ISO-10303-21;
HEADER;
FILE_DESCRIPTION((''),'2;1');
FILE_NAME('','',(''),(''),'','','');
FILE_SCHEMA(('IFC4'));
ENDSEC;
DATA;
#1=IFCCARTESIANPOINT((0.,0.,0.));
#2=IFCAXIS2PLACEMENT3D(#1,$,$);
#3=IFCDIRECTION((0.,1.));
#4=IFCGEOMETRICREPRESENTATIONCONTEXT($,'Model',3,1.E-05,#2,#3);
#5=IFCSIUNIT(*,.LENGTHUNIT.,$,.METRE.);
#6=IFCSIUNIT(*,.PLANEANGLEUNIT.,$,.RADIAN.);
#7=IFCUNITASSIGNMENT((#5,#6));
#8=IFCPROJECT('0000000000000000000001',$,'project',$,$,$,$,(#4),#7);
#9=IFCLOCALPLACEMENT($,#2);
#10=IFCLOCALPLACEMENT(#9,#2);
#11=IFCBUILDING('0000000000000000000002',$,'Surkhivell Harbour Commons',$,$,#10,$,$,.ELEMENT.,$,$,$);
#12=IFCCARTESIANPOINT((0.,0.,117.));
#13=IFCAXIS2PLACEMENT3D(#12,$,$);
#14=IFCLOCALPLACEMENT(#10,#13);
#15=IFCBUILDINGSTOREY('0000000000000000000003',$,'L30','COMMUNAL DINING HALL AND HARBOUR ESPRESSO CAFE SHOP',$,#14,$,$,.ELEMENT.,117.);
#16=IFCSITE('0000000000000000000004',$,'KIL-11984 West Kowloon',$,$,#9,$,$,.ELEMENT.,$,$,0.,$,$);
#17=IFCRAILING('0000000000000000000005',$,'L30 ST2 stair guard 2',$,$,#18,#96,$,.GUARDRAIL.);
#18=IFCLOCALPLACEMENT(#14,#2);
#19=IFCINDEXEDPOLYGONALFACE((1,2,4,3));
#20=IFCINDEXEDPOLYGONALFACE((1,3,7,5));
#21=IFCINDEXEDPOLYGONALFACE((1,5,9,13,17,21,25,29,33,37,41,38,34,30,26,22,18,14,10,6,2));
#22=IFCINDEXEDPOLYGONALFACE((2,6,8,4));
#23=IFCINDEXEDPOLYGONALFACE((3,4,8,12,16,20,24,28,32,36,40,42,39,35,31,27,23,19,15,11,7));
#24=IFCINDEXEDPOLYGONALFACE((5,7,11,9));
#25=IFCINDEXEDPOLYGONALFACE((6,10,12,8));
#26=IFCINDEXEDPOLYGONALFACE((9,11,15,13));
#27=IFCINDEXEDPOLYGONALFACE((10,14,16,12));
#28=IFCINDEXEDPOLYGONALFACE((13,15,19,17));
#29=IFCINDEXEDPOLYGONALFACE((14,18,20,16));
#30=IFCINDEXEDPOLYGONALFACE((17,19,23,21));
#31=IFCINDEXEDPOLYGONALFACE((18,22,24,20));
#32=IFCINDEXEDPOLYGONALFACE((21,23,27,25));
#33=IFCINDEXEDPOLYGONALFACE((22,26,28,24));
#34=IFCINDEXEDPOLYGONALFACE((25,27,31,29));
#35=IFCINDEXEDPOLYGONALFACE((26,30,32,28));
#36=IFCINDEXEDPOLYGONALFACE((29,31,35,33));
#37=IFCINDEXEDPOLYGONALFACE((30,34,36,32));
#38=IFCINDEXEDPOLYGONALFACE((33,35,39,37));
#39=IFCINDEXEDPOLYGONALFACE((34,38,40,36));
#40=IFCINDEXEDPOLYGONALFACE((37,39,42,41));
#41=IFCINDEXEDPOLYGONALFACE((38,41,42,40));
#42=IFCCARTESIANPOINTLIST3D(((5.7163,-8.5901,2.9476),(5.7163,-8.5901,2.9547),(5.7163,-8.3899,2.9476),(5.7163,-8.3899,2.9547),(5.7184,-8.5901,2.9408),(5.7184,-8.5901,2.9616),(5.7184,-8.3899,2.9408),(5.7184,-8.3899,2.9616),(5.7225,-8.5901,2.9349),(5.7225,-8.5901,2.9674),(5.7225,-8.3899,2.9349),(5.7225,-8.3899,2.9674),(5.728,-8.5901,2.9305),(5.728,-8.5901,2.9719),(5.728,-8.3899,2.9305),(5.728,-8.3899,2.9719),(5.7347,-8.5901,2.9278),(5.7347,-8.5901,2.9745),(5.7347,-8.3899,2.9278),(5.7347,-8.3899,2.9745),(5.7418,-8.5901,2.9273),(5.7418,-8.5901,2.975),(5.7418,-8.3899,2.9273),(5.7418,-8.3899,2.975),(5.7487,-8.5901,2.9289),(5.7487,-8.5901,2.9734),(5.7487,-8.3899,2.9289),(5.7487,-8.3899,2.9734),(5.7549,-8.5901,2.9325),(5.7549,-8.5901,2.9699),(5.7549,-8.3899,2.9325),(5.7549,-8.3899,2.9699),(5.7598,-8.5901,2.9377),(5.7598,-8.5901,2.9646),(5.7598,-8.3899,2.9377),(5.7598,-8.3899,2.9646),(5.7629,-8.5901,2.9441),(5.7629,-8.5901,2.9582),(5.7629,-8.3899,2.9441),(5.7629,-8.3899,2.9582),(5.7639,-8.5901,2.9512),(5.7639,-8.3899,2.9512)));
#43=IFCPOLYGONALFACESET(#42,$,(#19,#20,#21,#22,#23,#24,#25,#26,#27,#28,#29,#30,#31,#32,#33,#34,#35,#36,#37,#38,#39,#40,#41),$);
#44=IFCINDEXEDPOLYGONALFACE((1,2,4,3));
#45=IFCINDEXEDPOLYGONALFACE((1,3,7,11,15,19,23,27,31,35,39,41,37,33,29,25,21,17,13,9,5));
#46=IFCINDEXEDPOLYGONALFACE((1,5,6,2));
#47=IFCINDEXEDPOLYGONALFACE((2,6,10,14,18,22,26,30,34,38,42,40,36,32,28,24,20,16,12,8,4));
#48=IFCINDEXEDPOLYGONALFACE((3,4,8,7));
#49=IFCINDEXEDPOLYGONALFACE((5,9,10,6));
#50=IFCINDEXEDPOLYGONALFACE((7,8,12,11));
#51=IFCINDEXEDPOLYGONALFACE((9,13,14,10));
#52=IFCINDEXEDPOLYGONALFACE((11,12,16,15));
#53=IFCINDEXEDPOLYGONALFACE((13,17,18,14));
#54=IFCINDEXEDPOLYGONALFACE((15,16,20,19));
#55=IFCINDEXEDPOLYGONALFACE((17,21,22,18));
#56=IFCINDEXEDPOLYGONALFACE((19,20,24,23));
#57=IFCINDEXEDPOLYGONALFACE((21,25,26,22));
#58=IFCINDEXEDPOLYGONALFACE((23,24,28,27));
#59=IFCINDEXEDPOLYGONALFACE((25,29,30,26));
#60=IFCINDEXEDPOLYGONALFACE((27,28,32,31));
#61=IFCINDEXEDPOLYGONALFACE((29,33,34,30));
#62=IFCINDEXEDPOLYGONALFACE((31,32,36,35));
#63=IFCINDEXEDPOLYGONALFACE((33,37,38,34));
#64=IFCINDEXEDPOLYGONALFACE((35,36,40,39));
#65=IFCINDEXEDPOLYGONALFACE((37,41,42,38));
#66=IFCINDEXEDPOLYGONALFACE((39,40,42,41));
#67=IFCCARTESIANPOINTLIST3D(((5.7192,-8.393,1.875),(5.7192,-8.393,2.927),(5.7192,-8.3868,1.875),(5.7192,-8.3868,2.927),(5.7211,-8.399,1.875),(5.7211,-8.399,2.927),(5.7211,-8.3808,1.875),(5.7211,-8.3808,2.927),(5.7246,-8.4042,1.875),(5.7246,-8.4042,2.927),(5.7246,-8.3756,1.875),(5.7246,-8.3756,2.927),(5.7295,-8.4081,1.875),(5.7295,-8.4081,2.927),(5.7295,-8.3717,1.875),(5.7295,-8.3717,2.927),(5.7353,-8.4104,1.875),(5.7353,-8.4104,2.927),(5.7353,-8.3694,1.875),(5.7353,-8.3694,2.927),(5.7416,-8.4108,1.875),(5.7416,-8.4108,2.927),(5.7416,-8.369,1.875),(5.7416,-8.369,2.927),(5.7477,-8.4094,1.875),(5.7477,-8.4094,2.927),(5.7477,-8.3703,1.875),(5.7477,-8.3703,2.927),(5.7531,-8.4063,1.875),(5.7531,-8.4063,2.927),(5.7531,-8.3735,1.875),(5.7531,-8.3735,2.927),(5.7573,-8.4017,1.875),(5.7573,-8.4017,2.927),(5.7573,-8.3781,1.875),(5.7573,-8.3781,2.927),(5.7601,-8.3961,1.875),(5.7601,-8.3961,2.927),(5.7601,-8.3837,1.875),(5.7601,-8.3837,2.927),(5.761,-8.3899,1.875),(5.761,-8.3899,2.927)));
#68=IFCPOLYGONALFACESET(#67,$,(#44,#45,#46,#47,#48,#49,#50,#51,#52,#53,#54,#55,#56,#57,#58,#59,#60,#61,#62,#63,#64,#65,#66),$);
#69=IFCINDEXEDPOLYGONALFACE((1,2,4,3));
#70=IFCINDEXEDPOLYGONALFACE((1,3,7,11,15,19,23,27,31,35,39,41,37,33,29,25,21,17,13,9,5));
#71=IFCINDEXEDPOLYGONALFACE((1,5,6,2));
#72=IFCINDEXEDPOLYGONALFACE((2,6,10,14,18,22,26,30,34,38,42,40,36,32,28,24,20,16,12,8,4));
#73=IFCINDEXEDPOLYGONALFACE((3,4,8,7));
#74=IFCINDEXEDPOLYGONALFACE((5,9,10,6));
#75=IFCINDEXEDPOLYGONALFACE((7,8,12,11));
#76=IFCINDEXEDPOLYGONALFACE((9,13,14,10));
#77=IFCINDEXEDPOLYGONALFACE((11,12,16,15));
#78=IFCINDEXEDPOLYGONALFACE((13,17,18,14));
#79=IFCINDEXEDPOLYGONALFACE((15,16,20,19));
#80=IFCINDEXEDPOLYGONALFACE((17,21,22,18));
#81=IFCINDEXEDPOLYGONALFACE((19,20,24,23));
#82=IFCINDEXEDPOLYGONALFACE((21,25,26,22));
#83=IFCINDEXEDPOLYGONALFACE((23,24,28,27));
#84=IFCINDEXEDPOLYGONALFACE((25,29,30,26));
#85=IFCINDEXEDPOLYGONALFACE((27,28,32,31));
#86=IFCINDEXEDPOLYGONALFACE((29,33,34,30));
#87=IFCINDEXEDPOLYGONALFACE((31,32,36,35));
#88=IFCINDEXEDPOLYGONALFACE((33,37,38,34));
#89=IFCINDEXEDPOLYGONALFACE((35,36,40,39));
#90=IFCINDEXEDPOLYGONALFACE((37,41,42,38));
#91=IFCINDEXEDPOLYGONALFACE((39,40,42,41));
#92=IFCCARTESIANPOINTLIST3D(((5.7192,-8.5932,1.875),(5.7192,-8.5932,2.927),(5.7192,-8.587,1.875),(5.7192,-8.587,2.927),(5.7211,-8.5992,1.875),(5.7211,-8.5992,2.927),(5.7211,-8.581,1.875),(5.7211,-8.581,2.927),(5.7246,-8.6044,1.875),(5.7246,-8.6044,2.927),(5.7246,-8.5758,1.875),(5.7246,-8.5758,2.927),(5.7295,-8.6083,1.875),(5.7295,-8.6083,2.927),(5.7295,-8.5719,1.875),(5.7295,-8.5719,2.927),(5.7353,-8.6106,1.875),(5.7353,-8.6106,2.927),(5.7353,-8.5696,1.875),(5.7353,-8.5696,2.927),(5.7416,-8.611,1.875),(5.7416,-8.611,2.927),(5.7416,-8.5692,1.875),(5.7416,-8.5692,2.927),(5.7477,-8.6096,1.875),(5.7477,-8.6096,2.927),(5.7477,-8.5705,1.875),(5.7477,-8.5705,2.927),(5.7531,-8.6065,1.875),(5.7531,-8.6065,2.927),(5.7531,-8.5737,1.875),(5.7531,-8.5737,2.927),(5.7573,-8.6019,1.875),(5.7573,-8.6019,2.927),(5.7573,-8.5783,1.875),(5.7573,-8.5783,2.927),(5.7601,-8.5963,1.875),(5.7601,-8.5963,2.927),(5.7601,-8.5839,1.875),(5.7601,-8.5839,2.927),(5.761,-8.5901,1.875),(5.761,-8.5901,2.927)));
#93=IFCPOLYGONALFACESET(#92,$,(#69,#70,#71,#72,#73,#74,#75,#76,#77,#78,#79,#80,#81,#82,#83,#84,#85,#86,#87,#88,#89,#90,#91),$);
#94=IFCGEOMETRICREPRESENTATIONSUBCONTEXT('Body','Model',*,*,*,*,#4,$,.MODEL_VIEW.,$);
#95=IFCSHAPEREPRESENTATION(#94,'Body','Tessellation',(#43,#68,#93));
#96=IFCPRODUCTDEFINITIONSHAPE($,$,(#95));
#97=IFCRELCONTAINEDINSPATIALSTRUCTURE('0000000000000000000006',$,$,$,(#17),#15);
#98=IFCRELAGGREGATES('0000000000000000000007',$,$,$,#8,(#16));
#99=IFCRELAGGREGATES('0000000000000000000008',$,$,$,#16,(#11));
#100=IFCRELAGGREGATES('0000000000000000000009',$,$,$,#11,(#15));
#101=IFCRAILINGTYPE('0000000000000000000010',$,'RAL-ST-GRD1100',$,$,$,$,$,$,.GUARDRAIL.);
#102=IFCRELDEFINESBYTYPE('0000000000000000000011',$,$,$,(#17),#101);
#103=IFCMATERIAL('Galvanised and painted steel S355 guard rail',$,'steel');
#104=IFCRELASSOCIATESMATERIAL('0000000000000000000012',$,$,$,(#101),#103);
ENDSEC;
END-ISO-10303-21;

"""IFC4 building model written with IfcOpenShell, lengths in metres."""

from ifc_helpers import new_model, si_unit, direction, frame, origin, origin_2d, place, context, subcontext, project, spatial, circle, extrude, material, type_object, element, save


model = new_model("IFC4")

# Units and contexts
model_context = context("Model", 3, precision=1e-05, world=origin(), true_north=direction((0.0, 1.0)))
body_context = subcontext(model_context, "Body", "Model", "MODEL_VIEW")
ifc_project = project(units=[si_unit("LENGTHUNIT", "METRE"), si_unit("PLANEANGLEUNIT", "RADIAN")], contexts=[model_context])

# Site, building, storey
site_placement = place(None, origin())
site = spatial("IfcSite", under=ifc_project, at=site_placement, Name="KIL-11984 West Kowloon", CompositionType="ELEMENT", RefElevation=0.0)
building_placement = place(site_placement, origin())
building = spatial("IfcBuilding", under=site, at=building_placement, Name="Surkhivell Harbour Commons", CompositionType="ELEMENT")
storey_placement = place(building_placement, frame((0.0, 0.0, 117.0)))
storey = spatial("IfcBuildingStorey", under=building, at=storey_placement, Name="L30", Description="COMMUNAL DINING HALL AND HARBOUR ESPRESSO CAFE SHOP", CompositionType="ELEMENT", Elevation=117.0)

# Railing
ifc_material_1 = material(Name="Galvanised and painted steel S355 guard rail", Category="steel")
railing_type_1 = type_object("IfcRailingType", Name="RAL-ST-GRD1100", PredefinedType="GUARDRAIL", material=ifc_material_1)
railing_1_placement = place(storey_placement, frame((5.74, -8.3899, 1.875)))
element("IfcRailing", 1, at=railing_1_placement, inside=storey, type_object=railing_type_1, Name="L30 ST2 stair guard 2", PredefinedType="GUARDRAIL", context=body_context, shape_type="SweptSolid", body=[
    extrude(circle(Radius=0.0239, at=origin_2d()), frame((0.0, 0.0, 1.0762), z_axis=(0.0, -1.0, 0.0), x_axis=(1.0, 0.0, 0.0)), (0.0, 0.0, 1.0), 0.2002),
    extrude(circle(Radius=0.021, at=origin_2d()), origin(), (0.0, 0.0, 1.0), 1.052),
    extrude(circle(Radius=0.021, at=origin_2d()), frame((0.0, -0.2002, 0.0)), (0.0, 0.0, 1.0), 1.052),
])

save(model, "model.ifc")
